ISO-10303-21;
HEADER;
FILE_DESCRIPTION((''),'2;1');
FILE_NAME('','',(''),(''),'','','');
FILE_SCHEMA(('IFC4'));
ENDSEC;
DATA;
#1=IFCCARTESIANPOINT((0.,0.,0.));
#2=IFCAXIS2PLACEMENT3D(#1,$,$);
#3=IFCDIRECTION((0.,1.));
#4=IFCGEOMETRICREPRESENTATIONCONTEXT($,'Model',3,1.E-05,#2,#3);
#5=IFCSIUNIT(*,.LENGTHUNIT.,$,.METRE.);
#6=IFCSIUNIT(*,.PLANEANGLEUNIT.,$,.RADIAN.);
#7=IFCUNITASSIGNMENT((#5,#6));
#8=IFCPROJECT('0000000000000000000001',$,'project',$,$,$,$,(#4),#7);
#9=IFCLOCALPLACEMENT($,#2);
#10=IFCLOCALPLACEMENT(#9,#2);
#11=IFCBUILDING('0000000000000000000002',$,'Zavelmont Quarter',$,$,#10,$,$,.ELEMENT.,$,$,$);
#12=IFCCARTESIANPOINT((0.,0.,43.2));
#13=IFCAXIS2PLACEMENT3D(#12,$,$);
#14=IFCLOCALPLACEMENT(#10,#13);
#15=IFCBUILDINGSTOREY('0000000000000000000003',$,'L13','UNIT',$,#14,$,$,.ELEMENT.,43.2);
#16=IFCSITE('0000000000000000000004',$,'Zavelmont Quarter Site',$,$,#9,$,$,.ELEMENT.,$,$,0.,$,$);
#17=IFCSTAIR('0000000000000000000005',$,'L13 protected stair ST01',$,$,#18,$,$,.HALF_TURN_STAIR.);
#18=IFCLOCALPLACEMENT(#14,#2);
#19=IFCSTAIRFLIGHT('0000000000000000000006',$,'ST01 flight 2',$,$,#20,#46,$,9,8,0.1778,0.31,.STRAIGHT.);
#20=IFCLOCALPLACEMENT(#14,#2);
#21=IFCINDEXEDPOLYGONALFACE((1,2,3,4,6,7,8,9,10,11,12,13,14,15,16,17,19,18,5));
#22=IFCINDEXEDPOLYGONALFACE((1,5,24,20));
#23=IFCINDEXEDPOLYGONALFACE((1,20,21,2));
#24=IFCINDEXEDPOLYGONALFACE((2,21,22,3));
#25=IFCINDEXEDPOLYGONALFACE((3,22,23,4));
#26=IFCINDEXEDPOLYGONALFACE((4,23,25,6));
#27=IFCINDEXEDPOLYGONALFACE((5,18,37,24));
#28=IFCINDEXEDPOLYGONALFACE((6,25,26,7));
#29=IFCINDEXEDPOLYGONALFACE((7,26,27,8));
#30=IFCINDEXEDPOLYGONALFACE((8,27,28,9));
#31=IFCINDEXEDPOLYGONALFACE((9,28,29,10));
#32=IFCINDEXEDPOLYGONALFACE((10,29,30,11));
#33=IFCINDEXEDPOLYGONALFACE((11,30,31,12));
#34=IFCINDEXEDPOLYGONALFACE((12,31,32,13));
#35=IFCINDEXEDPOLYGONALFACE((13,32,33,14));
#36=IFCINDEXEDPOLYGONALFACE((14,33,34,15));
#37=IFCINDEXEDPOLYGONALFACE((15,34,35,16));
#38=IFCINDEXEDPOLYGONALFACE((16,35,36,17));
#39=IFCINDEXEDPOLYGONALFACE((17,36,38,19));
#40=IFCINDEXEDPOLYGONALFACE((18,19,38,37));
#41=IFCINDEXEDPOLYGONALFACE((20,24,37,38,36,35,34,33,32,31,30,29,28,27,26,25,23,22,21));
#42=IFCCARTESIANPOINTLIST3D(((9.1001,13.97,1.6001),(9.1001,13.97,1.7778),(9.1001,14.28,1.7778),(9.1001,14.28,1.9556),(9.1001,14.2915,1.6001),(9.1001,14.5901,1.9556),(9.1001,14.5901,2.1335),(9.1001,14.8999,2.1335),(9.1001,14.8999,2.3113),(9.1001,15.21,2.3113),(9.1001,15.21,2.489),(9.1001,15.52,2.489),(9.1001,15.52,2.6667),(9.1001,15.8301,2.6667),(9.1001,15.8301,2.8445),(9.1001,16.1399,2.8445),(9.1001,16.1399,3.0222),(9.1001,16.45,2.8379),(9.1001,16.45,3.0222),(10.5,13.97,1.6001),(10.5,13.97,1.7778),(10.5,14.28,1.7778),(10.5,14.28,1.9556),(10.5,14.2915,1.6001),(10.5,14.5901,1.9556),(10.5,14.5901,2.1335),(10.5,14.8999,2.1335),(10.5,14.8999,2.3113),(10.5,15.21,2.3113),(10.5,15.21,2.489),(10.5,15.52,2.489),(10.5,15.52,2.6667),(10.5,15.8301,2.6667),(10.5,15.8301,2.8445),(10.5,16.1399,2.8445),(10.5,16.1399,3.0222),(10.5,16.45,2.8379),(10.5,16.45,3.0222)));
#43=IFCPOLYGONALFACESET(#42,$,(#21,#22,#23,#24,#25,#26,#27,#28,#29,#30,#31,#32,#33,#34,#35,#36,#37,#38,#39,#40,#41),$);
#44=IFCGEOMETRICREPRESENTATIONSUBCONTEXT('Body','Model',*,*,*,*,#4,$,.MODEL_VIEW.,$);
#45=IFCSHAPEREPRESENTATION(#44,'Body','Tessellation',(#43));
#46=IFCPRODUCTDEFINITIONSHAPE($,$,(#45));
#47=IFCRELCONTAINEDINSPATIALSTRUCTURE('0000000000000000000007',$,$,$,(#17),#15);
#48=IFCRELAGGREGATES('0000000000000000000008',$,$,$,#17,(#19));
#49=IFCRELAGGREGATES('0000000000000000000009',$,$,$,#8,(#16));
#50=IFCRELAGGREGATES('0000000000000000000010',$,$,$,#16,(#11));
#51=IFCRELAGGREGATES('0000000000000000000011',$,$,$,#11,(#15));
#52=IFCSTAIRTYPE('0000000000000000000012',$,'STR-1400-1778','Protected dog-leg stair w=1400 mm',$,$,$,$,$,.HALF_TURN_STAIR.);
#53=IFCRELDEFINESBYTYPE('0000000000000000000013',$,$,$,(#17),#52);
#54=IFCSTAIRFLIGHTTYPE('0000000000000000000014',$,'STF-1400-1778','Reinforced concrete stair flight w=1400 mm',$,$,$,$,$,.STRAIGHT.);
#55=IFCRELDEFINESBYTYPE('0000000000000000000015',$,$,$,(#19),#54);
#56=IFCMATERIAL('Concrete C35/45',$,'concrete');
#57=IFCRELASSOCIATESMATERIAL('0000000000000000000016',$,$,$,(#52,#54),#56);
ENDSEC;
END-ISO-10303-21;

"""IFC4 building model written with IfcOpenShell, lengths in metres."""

from ifc_helpers import new_model, si_unit, direction, frame, origin, place, context, subcontext, project, spatial, polyline, outline, extrude, material, type_object, element, aggregate, save


model = new_model("IFC4")

# Units and contexts
model_context = context("Model", 3, precision=1e-05, world=origin(), true_north=direction((0.0, 1.0)))
body_context = subcontext(model_context, "Body", "Model", "MODEL_VIEW")
ifc_project = project(units=[si_unit("LENGTHUNIT", "METRE"), si_unit("PLANEANGLEUNIT", "RADIAN")], contexts=[model_context])

# Site, building, storey
site_placement = place(None, origin())
site = spatial("IfcSite", under=ifc_project, at=site_placement, Name="Zavelmont Quarter Site", CompositionType="ELEMENT", RefElevation=0.0)
building_placement = place(site_placement, origin())
building = spatial("IfcBuilding", under=site, at=building_placement, Name="Zavelmont Quarter", CompositionType="ELEMENT")
storey_placement = place(building_placement, frame((0.0, 0.0, 43.2)))
storey = spatial("IfcBuildingStorey", under=building, at=storey_placement, Name="L13", Description="UNIT", CompositionType="ELEMENT", Elevation=43.2)

# Stair, stair flight
ifc_material_1 = material(Name="Concrete C35/45", Category="concrete")
stair_type = type_object("IfcStairType", Name="STR-1400-1778", Description="Protected dog-leg stair w=1400 mm", PredefinedType="HALF_TURN_STAIR", material=ifc_material_1)
stair_placement = place(storey_placement, origin())
stair = element("IfcStair", 1, at=stair_placement, inside=storey, type_object=stair_type, Name="L13 protected stair ST01", PredefinedType="HALF_TURN_STAIR")
stair_flight_type = type_object("IfcStairFlightType", Name="STF-1400-1778", Description="Reinforced concrete stair flight w=1400 mm", PredefinedType="STRAIGHT", material=ifc_material_1)
stair_flight_1_placement = place(storey_placement, frame((9.8, 13.97, 1.6001), z_axis=(0.0, 0.0, 1.0), x_axis=(0.0, 1.0, 0.0)))
stair_flight_1 = element("IfcStairFlight", 2, at=stair_flight_1_placement, type_object=stair_flight_type, Name="ST01 flight 2", NumberOfRisers=9, NumberOfTreads=8, PredefinedType="STRAIGHT", RiserHeight=0.1778, TreadLength=0.31, context=body_context, shape_type="SweptSolid", body=[
    extrude(outline(polyline([(0.0, 0.0), (0.0, 0.1777), (0.3101, 0.1777), (0.3101, 0.3555), (0.6201, 0.3555), (0.6201, 0.5334), (0.9299, 0.5334), (0.9299, 0.7112), (1.24, 0.7112), (1.24, 0.8889), (1.55, 0.8889), (1.55, 1.0667), (1.8601, 1.0667), (1.8601, 1.2444), (2.1699, 1.2444), (2.1699, 1.4221), (2.48, 1.4221), (2.48, 1.6001), (2.48, 1.2378), (0.3215, 0.0), (0.0, 0.0)])), frame((0.0, 0.7, 0.0), z_axis=(0.0, -1.0, 0.0), x_axis=(1.0, 0.0, 0.0)), (0.0, 0.0, 1.0), 1.3999),
])
aggregate(stair, [stair_flight_1])

save(model, "model.ifc")
